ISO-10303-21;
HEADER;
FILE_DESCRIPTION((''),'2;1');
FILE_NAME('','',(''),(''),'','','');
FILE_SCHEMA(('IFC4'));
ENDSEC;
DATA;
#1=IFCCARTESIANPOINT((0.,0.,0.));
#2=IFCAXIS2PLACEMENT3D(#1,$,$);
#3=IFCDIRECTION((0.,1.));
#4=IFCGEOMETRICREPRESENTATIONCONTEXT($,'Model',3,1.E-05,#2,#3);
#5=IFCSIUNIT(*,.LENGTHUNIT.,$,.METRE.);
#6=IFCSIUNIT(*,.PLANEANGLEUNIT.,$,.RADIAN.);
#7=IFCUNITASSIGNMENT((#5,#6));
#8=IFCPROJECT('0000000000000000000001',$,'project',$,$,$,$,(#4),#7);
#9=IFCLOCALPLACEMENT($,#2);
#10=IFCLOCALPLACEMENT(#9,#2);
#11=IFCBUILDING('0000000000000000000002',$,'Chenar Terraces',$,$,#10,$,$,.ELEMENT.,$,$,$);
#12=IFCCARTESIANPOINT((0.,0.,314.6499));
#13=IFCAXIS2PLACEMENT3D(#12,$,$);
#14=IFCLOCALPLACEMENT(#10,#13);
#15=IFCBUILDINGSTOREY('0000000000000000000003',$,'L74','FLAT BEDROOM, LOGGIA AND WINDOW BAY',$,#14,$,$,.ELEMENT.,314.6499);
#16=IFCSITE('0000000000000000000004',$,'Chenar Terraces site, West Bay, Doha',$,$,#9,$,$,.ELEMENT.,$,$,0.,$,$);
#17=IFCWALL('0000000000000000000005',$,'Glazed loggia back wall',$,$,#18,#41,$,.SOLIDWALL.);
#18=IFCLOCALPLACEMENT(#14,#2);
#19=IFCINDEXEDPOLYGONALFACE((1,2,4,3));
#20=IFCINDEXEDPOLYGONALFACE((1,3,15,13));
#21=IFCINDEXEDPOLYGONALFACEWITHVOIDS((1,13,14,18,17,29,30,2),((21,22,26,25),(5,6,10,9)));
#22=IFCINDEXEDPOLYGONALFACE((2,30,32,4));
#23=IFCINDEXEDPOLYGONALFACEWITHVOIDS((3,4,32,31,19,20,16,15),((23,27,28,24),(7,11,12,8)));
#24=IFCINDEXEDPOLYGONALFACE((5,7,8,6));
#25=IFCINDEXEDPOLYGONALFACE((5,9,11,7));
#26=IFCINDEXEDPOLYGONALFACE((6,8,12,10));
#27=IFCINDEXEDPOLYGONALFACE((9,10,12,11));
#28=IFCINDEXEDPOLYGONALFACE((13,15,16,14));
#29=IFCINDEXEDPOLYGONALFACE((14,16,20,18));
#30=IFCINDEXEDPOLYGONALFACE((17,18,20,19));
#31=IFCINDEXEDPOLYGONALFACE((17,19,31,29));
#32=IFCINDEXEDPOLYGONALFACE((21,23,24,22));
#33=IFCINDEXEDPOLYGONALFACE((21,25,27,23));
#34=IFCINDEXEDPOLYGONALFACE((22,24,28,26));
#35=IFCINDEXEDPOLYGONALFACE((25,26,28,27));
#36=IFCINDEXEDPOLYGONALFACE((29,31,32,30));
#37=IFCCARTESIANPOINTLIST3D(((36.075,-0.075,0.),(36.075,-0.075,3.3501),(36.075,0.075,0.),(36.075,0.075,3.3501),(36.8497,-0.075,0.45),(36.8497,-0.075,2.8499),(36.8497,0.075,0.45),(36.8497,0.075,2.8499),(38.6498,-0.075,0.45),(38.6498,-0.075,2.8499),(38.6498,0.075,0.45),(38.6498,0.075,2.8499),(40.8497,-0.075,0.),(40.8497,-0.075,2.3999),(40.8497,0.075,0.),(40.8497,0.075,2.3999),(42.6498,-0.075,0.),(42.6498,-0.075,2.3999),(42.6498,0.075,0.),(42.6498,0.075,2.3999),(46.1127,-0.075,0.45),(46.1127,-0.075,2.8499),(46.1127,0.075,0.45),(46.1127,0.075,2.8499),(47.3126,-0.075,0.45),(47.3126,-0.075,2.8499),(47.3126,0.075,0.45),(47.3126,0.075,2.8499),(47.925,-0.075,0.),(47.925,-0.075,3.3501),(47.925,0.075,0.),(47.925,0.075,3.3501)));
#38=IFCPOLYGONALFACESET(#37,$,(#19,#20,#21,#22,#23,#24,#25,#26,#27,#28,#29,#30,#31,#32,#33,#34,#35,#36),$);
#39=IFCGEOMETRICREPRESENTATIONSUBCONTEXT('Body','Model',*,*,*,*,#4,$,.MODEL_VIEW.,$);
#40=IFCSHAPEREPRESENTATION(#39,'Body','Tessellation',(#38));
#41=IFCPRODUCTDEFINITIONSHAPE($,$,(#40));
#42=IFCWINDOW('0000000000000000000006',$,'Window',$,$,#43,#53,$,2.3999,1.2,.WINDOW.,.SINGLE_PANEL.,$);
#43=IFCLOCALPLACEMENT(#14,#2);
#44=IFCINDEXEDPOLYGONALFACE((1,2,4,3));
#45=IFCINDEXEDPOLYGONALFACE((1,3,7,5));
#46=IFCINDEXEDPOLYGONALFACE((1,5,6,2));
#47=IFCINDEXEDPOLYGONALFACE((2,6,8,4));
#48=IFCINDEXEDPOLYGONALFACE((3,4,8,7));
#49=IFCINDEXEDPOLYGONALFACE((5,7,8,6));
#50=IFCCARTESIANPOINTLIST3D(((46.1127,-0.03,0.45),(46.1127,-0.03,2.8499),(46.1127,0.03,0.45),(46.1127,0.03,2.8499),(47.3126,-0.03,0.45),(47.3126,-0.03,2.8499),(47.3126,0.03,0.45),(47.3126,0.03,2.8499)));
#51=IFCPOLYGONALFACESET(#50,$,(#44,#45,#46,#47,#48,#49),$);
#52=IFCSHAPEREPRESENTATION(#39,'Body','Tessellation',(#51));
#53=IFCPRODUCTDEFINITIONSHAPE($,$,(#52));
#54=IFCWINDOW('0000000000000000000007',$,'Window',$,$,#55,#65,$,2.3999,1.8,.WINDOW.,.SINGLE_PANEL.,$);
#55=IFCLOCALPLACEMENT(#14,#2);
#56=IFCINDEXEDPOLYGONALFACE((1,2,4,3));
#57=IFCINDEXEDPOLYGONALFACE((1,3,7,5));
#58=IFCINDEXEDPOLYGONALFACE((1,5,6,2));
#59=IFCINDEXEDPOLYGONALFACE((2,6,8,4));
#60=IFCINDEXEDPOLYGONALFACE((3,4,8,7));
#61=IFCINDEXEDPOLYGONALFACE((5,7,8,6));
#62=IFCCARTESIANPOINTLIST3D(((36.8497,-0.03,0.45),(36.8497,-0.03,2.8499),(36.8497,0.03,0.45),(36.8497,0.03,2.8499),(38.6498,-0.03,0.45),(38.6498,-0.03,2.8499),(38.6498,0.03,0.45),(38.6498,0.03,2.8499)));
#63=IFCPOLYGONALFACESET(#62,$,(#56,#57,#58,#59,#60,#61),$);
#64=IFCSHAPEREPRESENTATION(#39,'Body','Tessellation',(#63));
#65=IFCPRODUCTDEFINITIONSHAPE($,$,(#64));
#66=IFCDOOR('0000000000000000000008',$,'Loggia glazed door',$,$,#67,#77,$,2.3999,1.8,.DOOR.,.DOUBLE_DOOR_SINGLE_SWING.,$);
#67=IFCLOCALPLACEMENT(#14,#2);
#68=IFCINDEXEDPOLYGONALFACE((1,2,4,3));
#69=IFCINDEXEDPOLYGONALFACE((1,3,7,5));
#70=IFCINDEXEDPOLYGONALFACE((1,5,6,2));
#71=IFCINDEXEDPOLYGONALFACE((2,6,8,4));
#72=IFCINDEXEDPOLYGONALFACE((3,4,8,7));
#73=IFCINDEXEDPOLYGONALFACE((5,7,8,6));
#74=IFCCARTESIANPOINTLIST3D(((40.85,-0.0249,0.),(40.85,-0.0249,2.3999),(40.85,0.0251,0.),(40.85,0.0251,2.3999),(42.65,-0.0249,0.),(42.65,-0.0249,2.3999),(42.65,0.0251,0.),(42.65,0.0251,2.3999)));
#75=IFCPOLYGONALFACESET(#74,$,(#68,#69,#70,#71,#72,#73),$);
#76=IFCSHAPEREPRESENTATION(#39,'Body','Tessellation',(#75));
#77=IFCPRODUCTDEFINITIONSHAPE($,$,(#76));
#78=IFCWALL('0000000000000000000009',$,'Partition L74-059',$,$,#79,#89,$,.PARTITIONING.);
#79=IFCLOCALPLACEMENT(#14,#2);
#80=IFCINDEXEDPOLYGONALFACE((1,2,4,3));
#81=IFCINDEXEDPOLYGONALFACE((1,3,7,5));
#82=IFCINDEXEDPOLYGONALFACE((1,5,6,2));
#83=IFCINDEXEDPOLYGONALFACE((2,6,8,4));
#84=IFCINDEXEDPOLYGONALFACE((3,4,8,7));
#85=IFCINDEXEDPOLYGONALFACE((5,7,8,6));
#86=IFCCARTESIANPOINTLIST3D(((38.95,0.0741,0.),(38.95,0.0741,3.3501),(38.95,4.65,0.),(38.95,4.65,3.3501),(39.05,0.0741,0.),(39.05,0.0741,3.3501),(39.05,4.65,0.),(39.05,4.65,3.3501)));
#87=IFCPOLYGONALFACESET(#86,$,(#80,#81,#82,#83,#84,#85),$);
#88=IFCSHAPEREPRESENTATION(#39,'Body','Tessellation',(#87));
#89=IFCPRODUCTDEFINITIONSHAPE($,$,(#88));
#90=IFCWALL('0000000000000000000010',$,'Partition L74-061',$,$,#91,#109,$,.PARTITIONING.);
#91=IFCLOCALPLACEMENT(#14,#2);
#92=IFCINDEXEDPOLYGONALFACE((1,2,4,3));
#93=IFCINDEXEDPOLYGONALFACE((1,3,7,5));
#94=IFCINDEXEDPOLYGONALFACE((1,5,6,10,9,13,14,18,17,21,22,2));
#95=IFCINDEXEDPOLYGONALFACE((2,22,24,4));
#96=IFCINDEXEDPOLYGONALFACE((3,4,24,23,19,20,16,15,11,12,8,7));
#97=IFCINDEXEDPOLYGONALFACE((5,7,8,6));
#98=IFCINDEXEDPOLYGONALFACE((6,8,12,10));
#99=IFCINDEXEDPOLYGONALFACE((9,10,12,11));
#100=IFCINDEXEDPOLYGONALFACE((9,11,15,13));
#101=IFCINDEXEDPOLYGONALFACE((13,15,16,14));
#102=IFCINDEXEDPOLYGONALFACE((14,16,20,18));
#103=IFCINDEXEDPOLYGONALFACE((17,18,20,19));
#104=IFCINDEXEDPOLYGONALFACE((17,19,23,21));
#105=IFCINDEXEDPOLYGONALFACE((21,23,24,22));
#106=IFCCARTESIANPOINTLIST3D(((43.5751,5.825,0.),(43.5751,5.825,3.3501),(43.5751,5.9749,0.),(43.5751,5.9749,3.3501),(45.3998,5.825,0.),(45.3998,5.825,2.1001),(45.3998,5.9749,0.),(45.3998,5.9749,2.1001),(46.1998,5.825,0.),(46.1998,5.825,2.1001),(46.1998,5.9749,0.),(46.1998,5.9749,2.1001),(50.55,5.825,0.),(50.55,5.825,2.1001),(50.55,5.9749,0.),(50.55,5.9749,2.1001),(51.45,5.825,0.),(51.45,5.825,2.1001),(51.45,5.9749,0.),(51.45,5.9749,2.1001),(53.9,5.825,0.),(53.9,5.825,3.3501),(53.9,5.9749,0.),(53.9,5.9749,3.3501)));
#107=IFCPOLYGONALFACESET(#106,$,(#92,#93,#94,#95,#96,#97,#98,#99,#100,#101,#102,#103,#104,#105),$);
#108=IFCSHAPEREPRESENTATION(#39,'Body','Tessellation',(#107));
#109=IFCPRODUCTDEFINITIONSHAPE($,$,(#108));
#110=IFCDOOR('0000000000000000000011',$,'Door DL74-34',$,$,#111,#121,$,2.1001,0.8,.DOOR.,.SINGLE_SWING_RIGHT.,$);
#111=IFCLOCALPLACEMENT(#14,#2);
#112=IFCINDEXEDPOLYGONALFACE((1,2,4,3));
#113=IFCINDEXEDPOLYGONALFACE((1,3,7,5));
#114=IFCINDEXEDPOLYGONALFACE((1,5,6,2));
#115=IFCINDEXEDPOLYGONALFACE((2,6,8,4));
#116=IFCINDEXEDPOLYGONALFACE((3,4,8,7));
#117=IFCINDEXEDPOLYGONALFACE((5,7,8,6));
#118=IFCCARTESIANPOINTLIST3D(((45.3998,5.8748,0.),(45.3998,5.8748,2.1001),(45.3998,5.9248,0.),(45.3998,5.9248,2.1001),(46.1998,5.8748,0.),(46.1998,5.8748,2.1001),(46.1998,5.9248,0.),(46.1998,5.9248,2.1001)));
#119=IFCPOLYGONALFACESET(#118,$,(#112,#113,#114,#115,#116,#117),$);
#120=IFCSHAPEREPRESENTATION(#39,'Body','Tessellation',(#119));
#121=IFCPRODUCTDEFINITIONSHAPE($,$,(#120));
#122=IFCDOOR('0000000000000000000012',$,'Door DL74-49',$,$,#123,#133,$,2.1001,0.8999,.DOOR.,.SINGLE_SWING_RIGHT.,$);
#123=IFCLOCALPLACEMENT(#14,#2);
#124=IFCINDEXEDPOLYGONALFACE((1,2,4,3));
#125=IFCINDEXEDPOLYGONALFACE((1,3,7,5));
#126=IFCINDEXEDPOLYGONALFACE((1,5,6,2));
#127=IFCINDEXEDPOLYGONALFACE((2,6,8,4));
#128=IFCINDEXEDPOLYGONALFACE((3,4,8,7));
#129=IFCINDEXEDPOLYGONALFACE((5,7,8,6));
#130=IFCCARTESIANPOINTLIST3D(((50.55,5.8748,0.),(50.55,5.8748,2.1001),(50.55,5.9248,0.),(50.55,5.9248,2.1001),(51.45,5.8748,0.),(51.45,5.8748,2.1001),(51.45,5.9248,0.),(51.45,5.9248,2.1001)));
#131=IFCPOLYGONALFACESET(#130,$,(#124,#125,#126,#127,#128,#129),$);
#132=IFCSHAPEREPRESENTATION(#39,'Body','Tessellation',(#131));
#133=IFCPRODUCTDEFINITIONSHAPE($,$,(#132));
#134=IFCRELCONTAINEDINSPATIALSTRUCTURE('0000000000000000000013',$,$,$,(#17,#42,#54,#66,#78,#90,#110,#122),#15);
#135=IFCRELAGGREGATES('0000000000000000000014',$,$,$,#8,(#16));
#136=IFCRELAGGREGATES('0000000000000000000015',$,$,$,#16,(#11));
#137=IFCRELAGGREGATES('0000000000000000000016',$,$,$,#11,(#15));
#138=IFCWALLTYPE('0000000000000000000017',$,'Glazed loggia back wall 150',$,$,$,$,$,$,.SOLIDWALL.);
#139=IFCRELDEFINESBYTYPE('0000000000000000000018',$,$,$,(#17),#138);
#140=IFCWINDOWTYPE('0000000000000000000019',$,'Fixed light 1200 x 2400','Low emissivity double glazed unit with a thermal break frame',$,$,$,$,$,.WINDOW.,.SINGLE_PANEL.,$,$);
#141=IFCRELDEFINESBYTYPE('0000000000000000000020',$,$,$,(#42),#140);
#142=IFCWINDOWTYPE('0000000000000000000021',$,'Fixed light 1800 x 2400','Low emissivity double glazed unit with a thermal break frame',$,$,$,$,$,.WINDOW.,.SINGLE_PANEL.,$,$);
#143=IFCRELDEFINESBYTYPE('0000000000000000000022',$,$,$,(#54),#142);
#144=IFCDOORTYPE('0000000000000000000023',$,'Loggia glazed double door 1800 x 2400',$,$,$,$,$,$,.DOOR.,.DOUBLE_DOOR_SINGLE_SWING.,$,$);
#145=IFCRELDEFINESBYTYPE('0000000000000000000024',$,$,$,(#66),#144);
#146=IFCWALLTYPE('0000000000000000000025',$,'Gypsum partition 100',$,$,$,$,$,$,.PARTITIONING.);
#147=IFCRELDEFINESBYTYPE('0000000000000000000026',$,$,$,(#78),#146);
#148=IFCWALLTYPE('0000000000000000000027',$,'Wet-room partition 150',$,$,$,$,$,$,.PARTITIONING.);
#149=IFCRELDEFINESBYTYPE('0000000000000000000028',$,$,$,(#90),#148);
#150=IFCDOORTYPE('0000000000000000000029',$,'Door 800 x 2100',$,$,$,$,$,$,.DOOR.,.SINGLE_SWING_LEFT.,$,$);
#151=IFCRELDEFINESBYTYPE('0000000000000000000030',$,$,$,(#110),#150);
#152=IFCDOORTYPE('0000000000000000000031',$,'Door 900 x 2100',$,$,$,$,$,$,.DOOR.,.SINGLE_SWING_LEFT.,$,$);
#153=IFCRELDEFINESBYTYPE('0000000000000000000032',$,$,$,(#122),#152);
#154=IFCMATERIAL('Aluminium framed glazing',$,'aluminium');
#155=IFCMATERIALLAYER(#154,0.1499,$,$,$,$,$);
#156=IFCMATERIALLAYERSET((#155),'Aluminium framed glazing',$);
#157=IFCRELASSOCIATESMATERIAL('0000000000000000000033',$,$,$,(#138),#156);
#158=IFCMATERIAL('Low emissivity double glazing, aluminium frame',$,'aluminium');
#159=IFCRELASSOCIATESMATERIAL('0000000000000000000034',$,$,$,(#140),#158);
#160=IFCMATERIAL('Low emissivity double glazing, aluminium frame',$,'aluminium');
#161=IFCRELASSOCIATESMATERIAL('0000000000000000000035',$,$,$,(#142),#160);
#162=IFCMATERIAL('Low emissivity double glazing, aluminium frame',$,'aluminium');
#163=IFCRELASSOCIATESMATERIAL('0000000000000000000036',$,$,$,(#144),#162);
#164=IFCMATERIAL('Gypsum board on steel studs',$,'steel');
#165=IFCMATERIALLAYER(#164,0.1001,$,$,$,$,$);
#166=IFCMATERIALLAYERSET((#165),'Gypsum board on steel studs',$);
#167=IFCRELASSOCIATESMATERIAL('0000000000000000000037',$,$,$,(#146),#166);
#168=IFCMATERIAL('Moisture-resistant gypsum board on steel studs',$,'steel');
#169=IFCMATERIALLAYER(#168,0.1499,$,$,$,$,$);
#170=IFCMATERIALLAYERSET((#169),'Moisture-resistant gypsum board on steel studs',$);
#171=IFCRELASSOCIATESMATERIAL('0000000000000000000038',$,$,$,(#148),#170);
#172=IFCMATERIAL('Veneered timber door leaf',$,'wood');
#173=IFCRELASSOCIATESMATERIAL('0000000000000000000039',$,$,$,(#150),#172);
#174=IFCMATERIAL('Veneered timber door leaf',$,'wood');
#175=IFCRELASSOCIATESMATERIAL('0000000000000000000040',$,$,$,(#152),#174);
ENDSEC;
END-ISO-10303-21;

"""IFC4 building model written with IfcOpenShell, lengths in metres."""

from ifc_helpers import new_model, si_unit, direction, frame, frame_2d, origin, place, context, subcontext, project, spatial, rectangle, extrude, material, layer, layer_set, type_object, element, fill, save


model = new_model("IFC4")

# Units and contexts
model_context = context("Model", 3, precision=1e-05, world=origin(), true_north=direction((0.0, 1.0)))
body_context = subcontext(model_context, "Body", "Model", "MODEL_VIEW")
ifc_project = project(units=[si_unit("LENGTHUNIT", "METRE"), si_unit("PLANEANGLEUNIT", "RADIAN")], contexts=[model_context])

# Site, building, storey
site_placement = place(None, origin())
site = spatial("IfcSite", under=ifc_project, at=site_placement, Name="Chenar Terraces site, West Bay, Doha", CompositionType="ELEMENT", RefElevation=0.0)
building_placement = place(site_placement, origin())
building = spatial("IfcBuilding", under=site, at=building_placement, Name="Chenar Terraces", CompositionType="ELEMENT")
storey_placement = place(building_placement, frame((0.0, 0.0, 314.6499)))
storey = spatial("IfcBuildingStorey", under=building, at=storey_placement, Name="L74", Description="FLAT BEDROOM, LOGGIA AND WINDOW BAY", CompositionType="ELEMENT", Elevation=314.6499)

# Wall, openings, windows, door
ifc_material_1 = material(Name="Aluminium framed glazing", Category="aluminium")
ifc_layer_1 = layer(ifc_material_1, 0.1499)
ifc_layer_set_1 = layer_set([ifc_layer_1], Name="Aluminium framed glazing")
wall_type_1 = type_object("IfcWallType", Name="Glazed loggia back wall 150", PredefinedType="SOLIDWALL", material=ifc_layer_set_1)
wall_1_placement = place(storey_placement, frame((36.075, 0.0, 0.0), z_axis=(0.0, 0.0, 1.0), x_axis=(1.0, 0.0, 0.0)))
wall_1 = element("IfcWall", 1, at=wall_1_placement, inside=storey, type_object=wall_type_1, Name="Glazed loggia back wall", PredefinedType="SOLIDWALL", context=body_context, shape_type="SweptSolid", body=[
    extrude(rectangle(XDim=11.8501, YDim=0.1499, at=frame_2d((5.925, 0.0))), origin(), (0.0, 0.0, 1.0), 3.3501),
])
opening_1_placement = place(wall_1_placement, frame((0.7749, 0.0, 0.45)))
opening_1 = element("IfcOpeningElement", 2, at=opening_1_placement, cuts=wall_1, PredefinedType="OPENING", context=body_context, shape_type="SweptSolid", body=[
    extrude(rectangle(XDim=1.8, YDim=2.3999, at=frame_2d((0.8999, 1.2))), frame((0.0, 0.085, 0.0), z_axis=(0.0, -1.0, 0.0), x_axis=(1.0, 0.0, 0.0)), (0.0, 0.0, 1.0), 0.1699),
])
opening_2_placement = place(wall_1_placement, frame((4.7749, 0.0, 0.0)))
opening_2 = element("IfcOpeningElement", 3, at=opening_2_placement, cuts=wall_1, PredefinedType="OPENING", context=body_context, shape_type="SweptSolid", body=[
    extrude(rectangle(XDim=1.8, YDim=2.3999, at=frame_2d((0.8999, 1.2))), frame((0.0, 0.085, 0.0), z_axis=(0.0, -1.0, 0.0), x_axis=(1.0, 0.0, 0.0)), (0.0, 0.0, 1.0), 0.1699),
])
opening_3_placement = place(wall_1_placement, frame((10.0376, 0.0, 0.45)))
opening_3 = element("IfcOpeningElement", 4, at=opening_3_placement, cuts=wall_1, PredefinedType="OPENING", context=body_context, shape_type="SweptSolid", body=[
    extrude(rectangle(XDim=1.2, YDim=2.3999, at=frame_2d((0.6001, 1.2))), frame((0.0, 0.085, 0.0), z_axis=(0.0, -1.0, 0.0), x_axis=(1.0, 0.0, 0.0)), (0.0, 0.0, 1.0), 0.1699),
])
ifc_material_2 = material(Name="Low emissivity double glazing, aluminium frame", Category="aluminium")
window_type_1 = type_object("IfcWindowType", Name="Fixed light 1200 x 2400", Description="Low emissivity double glazed unit with a thermal break frame", PartitioningType="SINGLE_PANEL", PredefinedType="WINDOW", material=ifc_material_2)
window_1_placement = place(opening_3_placement, origin())
window_1 = element("IfcWindow", 5, at=window_1_placement, inside=storey, type_object=window_type_1, Name="Window", OverallHeight=2.3999, OverallWidth=1.2, PartitioningType="SINGLE_PANEL", PredefinedType="WINDOW", context=body_context, shape_type="SweptSolid", body=[
    extrude(rectangle(XDim=1.2, YDim=2.3999, at=frame_2d((0.6001, 1.2))), frame((0.0, 0.03, 0.0), z_axis=(0.0, -1.0, 0.0), x_axis=(1.0, 0.0, 0.0)), (0.0, 0.0, 1.0), 0.0601),
])
fill(opening_3, window_1)
ifc_material_3 = material(Name="Low emissivity double glazing, aluminium frame", Category="aluminium")
window_type_2 = type_object("IfcWindowType", Name="Fixed light 1800 x 2400", Description="Low emissivity double glazed unit with a thermal break frame", PartitioningType="SINGLE_PANEL", PredefinedType="WINDOW", material=ifc_material_3)
window_2_placement = place(opening_1_placement, origin())
window_2 = element("IfcWindow", 6, at=window_2_placement, inside=storey, type_object=window_type_2, Name="Window", OverallHeight=2.3999, OverallWidth=1.8, PartitioningType="SINGLE_PANEL", PredefinedType="WINDOW", context=body_context, shape_type="SweptSolid", body=[
    extrude(rectangle(XDim=1.8, YDim=2.3999, at=frame_2d((0.8999, 1.2))), frame((0.0, 0.03, 0.0), z_axis=(0.0, -1.0, 0.0), x_axis=(1.0, 0.0, 0.0)), (0.0, 0.0, 1.0), 0.0601),
])
fill(opening_1, window_2)
ifc_material_4 = material(Name="Low emissivity double glazing, aluminium frame", Category="aluminium")
door_type_1 = type_object("IfcDoorType", Name="Loggia glazed double door 1800 x 2400", OperationType="DOUBLE_DOOR_SINGLE_SWING", PredefinedType="DOOR", material=ifc_material_4)
door_1_placement = place(opening_2_placement, frame((1.8, 0.0, 0.0), z_axis=(0.0, 0.0, 1.0), x_axis=(-1.0, 0.0, 0.0)))
door_1 = element("IfcDoor", 7, at=door_1_placement, inside=storey, type_object=door_type_1, Name="Loggia glazed door", OperationType="DOUBLE_DOOR_SINGLE_SWING", OverallHeight=2.3999, OverallWidth=1.8, PredefinedType="DOOR", context=body_context, shape_type="SweptSolid", body=[
    extrude(rectangle(XDim=1.8, YDim=2.3999, at=frame_2d((0.8999, 1.2))), frame((0.0, 0.0249, 0.0), z_axis=(0.0, -1.0, 0.0), x_axis=(1.0, 0.0, 0.0)), (0.0, 0.0, 1.0), 0.05),
])
fill(opening_2, door_1)

# Wall
ifc_material_5 = material(Name="Gypsum board on steel studs", Category="steel")
ifc_layer_2 = layer(ifc_material_5, 0.1001)
ifc_layer_set_2 = layer_set([ifc_layer_2], Name="Gypsum board on steel studs")
wall_type_2 = type_object("IfcWallType", Name="Gypsum partition 100", PredefinedType="PARTITIONING", material=ifc_layer_set_2)
wall_2_placement = place(storey_placement, frame((39.0, 0.074, 0.0), z_axis=(0.0, 0.0, 1.0), x_axis=(0.0, 1.0, 0.0)))
element("IfcWall", 8, at=wall_2_placement, inside=storey, type_object=wall_type_2, Name="Partition L74-059", PredefinedType="PARTITIONING", context=body_context, shape_type="SweptSolid", body=[
    extrude(rectangle(XDim=4.5759, YDim=0.1001, at=frame_2d((2.2881, 0.0))), origin(), (0.0, 0.0, 1.0), 3.3501),
])

# Wall, openings, doors
ifc_material_6 = material(Name="Moisture-resistant gypsum board on steel studs", Category="steel")
ifc_layer_3 = layer(ifc_material_6, 0.1499)
ifc_layer_set_3 = layer_set([ifc_layer_3], Name="Moisture-resistant gypsum board on steel studs")
wall_type_3 = type_object("IfcWallType", Name="Wet-room partition 150", PredefinedType="PARTITIONING", material=ifc_layer_set_3)
wall_3_placement = place(storey_placement, frame((43.575, 5.8999, 0.0), z_axis=(0.0, 0.0, 1.0), x_axis=(1.0, 0.0, 0.0)))
wall_3 = element("IfcWall", 9, at=wall_3_placement, inside=storey, type_object=wall_type_3, Name="Partition L74-061", PredefinedType="PARTITIONING", context=body_context, shape_type="SweptSolid", body=[
    extrude(rectangle(XDim=10.325, YDim=0.1499, at=frame_2d((5.1626, 0.0))), origin(), (0.0, 0.0, 1.0), 3.3501),
])
opening_4_placement = place(wall_3_placement, frame((1.825, 0.0, 0.0)))
opening_4 = element("IfcOpeningElement", 10, at=opening_4_placement, cuts=wall_3, PredefinedType="OPENING", context=body_context, shape_type="SweptSolid", body=[
    extrude(rectangle(XDim=0.8, YDim=2.1001, at=frame_2d((0.3999, 1.05))), frame((0.0, 0.085, 0.0), z_axis=(0.0, -1.0, 0.0), x_axis=(1.0, 0.0, 0.0)), (0.0, 0.0, 1.0), 0.1699),
])
opening_5_placement = place(wall_3_placement, frame((6.9751, 0.0, 0.0)))
opening_5 = element("IfcOpeningElement", 11, at=opening_5_placement, cuts=wall_3, PredefinedType="OPENING", context=body_context, shape_type="SweptSolid", body=[
    extrude(rectangle(XDim=0.8999, YDim=2.1001, at=frame_2d((0.45, 1.05))), frame((0.0, 0.085, 0.0), z_axis=(0.0, -1.0, 0.0), x_axis=(1.0, 0.0, 0.0)), (0.0, 0.0, 1.0), 0.1699),
])
ifc_material_7 = material(Name="Veneered timber door leaf", Category="wood")
door_type_2 = type_object("IfcDoorType", Name="Door 800 x 2100", OperationType="SINGLE_SWING_LEFT", PredefinedType="DOOR", material=ifc_material_7)
door_2_placement = place(opening_4_placement, origin())
door_2 = element("IfcDoor", 12, at=door_2_placement, inside=storey, type_object=door_type_2, Name="Door DL74-34", OperationType="SINGLE_SWING_RIGHT", OverallHeight=2.1001, OverallWidth=0.8, PredefinedType="DOOR", context=body_context, shape_type="SweptSolid", body=[
    extrude(rectangle(XDim=0.8, YDim=2.1001, at=frame_2d((0.3999, 1.05))), frame((0.0, 0.0249, 0.0), z_axis=(0.0, -1.0, 0.0), x_axis=(1.0, 0.0, 0.0)), (0.0, 0.0, 1.0), 0.05),
])
fill(opening_4, door_2)
ifc_material_8 = material(Name="Veneered timber door leaf", Category="wood")
door_type_3 = type_object("IfcDoorType", Name="Door 900 x 2100", OperationType="SINGLE_SWING_LEFT", PredefinedType="DOOR", material=ifc_material_8)
door_3_placement = place(opening_5_placement, origin())
door_3 = element("IfcDoor", 13, at=door_3_placement, inside=storey, type_object=door_type_3, Name="Door DL74-49", OperationType="SINGLE_SWING_RIGHT", OverallHeight=2.1001, OverallWidth=0.8999, PredefinedType="DOOR", context=body_context, shape_type="SweptSolid", body=[
    extrude(rectangle(XDim=0.8999, YDim=2.1001, at=frame_2d((0.45, 1.05))), frame((0.0, 0.0249, 0.0), z_axis=(0.0, -1.0, 0.0), x_axis=(1.0, 0.0, 0.0)), (0.0, 0.0, 1.0), 0.05),
])
fill(opening_5, door_3)

save(model, "model.ifc")
